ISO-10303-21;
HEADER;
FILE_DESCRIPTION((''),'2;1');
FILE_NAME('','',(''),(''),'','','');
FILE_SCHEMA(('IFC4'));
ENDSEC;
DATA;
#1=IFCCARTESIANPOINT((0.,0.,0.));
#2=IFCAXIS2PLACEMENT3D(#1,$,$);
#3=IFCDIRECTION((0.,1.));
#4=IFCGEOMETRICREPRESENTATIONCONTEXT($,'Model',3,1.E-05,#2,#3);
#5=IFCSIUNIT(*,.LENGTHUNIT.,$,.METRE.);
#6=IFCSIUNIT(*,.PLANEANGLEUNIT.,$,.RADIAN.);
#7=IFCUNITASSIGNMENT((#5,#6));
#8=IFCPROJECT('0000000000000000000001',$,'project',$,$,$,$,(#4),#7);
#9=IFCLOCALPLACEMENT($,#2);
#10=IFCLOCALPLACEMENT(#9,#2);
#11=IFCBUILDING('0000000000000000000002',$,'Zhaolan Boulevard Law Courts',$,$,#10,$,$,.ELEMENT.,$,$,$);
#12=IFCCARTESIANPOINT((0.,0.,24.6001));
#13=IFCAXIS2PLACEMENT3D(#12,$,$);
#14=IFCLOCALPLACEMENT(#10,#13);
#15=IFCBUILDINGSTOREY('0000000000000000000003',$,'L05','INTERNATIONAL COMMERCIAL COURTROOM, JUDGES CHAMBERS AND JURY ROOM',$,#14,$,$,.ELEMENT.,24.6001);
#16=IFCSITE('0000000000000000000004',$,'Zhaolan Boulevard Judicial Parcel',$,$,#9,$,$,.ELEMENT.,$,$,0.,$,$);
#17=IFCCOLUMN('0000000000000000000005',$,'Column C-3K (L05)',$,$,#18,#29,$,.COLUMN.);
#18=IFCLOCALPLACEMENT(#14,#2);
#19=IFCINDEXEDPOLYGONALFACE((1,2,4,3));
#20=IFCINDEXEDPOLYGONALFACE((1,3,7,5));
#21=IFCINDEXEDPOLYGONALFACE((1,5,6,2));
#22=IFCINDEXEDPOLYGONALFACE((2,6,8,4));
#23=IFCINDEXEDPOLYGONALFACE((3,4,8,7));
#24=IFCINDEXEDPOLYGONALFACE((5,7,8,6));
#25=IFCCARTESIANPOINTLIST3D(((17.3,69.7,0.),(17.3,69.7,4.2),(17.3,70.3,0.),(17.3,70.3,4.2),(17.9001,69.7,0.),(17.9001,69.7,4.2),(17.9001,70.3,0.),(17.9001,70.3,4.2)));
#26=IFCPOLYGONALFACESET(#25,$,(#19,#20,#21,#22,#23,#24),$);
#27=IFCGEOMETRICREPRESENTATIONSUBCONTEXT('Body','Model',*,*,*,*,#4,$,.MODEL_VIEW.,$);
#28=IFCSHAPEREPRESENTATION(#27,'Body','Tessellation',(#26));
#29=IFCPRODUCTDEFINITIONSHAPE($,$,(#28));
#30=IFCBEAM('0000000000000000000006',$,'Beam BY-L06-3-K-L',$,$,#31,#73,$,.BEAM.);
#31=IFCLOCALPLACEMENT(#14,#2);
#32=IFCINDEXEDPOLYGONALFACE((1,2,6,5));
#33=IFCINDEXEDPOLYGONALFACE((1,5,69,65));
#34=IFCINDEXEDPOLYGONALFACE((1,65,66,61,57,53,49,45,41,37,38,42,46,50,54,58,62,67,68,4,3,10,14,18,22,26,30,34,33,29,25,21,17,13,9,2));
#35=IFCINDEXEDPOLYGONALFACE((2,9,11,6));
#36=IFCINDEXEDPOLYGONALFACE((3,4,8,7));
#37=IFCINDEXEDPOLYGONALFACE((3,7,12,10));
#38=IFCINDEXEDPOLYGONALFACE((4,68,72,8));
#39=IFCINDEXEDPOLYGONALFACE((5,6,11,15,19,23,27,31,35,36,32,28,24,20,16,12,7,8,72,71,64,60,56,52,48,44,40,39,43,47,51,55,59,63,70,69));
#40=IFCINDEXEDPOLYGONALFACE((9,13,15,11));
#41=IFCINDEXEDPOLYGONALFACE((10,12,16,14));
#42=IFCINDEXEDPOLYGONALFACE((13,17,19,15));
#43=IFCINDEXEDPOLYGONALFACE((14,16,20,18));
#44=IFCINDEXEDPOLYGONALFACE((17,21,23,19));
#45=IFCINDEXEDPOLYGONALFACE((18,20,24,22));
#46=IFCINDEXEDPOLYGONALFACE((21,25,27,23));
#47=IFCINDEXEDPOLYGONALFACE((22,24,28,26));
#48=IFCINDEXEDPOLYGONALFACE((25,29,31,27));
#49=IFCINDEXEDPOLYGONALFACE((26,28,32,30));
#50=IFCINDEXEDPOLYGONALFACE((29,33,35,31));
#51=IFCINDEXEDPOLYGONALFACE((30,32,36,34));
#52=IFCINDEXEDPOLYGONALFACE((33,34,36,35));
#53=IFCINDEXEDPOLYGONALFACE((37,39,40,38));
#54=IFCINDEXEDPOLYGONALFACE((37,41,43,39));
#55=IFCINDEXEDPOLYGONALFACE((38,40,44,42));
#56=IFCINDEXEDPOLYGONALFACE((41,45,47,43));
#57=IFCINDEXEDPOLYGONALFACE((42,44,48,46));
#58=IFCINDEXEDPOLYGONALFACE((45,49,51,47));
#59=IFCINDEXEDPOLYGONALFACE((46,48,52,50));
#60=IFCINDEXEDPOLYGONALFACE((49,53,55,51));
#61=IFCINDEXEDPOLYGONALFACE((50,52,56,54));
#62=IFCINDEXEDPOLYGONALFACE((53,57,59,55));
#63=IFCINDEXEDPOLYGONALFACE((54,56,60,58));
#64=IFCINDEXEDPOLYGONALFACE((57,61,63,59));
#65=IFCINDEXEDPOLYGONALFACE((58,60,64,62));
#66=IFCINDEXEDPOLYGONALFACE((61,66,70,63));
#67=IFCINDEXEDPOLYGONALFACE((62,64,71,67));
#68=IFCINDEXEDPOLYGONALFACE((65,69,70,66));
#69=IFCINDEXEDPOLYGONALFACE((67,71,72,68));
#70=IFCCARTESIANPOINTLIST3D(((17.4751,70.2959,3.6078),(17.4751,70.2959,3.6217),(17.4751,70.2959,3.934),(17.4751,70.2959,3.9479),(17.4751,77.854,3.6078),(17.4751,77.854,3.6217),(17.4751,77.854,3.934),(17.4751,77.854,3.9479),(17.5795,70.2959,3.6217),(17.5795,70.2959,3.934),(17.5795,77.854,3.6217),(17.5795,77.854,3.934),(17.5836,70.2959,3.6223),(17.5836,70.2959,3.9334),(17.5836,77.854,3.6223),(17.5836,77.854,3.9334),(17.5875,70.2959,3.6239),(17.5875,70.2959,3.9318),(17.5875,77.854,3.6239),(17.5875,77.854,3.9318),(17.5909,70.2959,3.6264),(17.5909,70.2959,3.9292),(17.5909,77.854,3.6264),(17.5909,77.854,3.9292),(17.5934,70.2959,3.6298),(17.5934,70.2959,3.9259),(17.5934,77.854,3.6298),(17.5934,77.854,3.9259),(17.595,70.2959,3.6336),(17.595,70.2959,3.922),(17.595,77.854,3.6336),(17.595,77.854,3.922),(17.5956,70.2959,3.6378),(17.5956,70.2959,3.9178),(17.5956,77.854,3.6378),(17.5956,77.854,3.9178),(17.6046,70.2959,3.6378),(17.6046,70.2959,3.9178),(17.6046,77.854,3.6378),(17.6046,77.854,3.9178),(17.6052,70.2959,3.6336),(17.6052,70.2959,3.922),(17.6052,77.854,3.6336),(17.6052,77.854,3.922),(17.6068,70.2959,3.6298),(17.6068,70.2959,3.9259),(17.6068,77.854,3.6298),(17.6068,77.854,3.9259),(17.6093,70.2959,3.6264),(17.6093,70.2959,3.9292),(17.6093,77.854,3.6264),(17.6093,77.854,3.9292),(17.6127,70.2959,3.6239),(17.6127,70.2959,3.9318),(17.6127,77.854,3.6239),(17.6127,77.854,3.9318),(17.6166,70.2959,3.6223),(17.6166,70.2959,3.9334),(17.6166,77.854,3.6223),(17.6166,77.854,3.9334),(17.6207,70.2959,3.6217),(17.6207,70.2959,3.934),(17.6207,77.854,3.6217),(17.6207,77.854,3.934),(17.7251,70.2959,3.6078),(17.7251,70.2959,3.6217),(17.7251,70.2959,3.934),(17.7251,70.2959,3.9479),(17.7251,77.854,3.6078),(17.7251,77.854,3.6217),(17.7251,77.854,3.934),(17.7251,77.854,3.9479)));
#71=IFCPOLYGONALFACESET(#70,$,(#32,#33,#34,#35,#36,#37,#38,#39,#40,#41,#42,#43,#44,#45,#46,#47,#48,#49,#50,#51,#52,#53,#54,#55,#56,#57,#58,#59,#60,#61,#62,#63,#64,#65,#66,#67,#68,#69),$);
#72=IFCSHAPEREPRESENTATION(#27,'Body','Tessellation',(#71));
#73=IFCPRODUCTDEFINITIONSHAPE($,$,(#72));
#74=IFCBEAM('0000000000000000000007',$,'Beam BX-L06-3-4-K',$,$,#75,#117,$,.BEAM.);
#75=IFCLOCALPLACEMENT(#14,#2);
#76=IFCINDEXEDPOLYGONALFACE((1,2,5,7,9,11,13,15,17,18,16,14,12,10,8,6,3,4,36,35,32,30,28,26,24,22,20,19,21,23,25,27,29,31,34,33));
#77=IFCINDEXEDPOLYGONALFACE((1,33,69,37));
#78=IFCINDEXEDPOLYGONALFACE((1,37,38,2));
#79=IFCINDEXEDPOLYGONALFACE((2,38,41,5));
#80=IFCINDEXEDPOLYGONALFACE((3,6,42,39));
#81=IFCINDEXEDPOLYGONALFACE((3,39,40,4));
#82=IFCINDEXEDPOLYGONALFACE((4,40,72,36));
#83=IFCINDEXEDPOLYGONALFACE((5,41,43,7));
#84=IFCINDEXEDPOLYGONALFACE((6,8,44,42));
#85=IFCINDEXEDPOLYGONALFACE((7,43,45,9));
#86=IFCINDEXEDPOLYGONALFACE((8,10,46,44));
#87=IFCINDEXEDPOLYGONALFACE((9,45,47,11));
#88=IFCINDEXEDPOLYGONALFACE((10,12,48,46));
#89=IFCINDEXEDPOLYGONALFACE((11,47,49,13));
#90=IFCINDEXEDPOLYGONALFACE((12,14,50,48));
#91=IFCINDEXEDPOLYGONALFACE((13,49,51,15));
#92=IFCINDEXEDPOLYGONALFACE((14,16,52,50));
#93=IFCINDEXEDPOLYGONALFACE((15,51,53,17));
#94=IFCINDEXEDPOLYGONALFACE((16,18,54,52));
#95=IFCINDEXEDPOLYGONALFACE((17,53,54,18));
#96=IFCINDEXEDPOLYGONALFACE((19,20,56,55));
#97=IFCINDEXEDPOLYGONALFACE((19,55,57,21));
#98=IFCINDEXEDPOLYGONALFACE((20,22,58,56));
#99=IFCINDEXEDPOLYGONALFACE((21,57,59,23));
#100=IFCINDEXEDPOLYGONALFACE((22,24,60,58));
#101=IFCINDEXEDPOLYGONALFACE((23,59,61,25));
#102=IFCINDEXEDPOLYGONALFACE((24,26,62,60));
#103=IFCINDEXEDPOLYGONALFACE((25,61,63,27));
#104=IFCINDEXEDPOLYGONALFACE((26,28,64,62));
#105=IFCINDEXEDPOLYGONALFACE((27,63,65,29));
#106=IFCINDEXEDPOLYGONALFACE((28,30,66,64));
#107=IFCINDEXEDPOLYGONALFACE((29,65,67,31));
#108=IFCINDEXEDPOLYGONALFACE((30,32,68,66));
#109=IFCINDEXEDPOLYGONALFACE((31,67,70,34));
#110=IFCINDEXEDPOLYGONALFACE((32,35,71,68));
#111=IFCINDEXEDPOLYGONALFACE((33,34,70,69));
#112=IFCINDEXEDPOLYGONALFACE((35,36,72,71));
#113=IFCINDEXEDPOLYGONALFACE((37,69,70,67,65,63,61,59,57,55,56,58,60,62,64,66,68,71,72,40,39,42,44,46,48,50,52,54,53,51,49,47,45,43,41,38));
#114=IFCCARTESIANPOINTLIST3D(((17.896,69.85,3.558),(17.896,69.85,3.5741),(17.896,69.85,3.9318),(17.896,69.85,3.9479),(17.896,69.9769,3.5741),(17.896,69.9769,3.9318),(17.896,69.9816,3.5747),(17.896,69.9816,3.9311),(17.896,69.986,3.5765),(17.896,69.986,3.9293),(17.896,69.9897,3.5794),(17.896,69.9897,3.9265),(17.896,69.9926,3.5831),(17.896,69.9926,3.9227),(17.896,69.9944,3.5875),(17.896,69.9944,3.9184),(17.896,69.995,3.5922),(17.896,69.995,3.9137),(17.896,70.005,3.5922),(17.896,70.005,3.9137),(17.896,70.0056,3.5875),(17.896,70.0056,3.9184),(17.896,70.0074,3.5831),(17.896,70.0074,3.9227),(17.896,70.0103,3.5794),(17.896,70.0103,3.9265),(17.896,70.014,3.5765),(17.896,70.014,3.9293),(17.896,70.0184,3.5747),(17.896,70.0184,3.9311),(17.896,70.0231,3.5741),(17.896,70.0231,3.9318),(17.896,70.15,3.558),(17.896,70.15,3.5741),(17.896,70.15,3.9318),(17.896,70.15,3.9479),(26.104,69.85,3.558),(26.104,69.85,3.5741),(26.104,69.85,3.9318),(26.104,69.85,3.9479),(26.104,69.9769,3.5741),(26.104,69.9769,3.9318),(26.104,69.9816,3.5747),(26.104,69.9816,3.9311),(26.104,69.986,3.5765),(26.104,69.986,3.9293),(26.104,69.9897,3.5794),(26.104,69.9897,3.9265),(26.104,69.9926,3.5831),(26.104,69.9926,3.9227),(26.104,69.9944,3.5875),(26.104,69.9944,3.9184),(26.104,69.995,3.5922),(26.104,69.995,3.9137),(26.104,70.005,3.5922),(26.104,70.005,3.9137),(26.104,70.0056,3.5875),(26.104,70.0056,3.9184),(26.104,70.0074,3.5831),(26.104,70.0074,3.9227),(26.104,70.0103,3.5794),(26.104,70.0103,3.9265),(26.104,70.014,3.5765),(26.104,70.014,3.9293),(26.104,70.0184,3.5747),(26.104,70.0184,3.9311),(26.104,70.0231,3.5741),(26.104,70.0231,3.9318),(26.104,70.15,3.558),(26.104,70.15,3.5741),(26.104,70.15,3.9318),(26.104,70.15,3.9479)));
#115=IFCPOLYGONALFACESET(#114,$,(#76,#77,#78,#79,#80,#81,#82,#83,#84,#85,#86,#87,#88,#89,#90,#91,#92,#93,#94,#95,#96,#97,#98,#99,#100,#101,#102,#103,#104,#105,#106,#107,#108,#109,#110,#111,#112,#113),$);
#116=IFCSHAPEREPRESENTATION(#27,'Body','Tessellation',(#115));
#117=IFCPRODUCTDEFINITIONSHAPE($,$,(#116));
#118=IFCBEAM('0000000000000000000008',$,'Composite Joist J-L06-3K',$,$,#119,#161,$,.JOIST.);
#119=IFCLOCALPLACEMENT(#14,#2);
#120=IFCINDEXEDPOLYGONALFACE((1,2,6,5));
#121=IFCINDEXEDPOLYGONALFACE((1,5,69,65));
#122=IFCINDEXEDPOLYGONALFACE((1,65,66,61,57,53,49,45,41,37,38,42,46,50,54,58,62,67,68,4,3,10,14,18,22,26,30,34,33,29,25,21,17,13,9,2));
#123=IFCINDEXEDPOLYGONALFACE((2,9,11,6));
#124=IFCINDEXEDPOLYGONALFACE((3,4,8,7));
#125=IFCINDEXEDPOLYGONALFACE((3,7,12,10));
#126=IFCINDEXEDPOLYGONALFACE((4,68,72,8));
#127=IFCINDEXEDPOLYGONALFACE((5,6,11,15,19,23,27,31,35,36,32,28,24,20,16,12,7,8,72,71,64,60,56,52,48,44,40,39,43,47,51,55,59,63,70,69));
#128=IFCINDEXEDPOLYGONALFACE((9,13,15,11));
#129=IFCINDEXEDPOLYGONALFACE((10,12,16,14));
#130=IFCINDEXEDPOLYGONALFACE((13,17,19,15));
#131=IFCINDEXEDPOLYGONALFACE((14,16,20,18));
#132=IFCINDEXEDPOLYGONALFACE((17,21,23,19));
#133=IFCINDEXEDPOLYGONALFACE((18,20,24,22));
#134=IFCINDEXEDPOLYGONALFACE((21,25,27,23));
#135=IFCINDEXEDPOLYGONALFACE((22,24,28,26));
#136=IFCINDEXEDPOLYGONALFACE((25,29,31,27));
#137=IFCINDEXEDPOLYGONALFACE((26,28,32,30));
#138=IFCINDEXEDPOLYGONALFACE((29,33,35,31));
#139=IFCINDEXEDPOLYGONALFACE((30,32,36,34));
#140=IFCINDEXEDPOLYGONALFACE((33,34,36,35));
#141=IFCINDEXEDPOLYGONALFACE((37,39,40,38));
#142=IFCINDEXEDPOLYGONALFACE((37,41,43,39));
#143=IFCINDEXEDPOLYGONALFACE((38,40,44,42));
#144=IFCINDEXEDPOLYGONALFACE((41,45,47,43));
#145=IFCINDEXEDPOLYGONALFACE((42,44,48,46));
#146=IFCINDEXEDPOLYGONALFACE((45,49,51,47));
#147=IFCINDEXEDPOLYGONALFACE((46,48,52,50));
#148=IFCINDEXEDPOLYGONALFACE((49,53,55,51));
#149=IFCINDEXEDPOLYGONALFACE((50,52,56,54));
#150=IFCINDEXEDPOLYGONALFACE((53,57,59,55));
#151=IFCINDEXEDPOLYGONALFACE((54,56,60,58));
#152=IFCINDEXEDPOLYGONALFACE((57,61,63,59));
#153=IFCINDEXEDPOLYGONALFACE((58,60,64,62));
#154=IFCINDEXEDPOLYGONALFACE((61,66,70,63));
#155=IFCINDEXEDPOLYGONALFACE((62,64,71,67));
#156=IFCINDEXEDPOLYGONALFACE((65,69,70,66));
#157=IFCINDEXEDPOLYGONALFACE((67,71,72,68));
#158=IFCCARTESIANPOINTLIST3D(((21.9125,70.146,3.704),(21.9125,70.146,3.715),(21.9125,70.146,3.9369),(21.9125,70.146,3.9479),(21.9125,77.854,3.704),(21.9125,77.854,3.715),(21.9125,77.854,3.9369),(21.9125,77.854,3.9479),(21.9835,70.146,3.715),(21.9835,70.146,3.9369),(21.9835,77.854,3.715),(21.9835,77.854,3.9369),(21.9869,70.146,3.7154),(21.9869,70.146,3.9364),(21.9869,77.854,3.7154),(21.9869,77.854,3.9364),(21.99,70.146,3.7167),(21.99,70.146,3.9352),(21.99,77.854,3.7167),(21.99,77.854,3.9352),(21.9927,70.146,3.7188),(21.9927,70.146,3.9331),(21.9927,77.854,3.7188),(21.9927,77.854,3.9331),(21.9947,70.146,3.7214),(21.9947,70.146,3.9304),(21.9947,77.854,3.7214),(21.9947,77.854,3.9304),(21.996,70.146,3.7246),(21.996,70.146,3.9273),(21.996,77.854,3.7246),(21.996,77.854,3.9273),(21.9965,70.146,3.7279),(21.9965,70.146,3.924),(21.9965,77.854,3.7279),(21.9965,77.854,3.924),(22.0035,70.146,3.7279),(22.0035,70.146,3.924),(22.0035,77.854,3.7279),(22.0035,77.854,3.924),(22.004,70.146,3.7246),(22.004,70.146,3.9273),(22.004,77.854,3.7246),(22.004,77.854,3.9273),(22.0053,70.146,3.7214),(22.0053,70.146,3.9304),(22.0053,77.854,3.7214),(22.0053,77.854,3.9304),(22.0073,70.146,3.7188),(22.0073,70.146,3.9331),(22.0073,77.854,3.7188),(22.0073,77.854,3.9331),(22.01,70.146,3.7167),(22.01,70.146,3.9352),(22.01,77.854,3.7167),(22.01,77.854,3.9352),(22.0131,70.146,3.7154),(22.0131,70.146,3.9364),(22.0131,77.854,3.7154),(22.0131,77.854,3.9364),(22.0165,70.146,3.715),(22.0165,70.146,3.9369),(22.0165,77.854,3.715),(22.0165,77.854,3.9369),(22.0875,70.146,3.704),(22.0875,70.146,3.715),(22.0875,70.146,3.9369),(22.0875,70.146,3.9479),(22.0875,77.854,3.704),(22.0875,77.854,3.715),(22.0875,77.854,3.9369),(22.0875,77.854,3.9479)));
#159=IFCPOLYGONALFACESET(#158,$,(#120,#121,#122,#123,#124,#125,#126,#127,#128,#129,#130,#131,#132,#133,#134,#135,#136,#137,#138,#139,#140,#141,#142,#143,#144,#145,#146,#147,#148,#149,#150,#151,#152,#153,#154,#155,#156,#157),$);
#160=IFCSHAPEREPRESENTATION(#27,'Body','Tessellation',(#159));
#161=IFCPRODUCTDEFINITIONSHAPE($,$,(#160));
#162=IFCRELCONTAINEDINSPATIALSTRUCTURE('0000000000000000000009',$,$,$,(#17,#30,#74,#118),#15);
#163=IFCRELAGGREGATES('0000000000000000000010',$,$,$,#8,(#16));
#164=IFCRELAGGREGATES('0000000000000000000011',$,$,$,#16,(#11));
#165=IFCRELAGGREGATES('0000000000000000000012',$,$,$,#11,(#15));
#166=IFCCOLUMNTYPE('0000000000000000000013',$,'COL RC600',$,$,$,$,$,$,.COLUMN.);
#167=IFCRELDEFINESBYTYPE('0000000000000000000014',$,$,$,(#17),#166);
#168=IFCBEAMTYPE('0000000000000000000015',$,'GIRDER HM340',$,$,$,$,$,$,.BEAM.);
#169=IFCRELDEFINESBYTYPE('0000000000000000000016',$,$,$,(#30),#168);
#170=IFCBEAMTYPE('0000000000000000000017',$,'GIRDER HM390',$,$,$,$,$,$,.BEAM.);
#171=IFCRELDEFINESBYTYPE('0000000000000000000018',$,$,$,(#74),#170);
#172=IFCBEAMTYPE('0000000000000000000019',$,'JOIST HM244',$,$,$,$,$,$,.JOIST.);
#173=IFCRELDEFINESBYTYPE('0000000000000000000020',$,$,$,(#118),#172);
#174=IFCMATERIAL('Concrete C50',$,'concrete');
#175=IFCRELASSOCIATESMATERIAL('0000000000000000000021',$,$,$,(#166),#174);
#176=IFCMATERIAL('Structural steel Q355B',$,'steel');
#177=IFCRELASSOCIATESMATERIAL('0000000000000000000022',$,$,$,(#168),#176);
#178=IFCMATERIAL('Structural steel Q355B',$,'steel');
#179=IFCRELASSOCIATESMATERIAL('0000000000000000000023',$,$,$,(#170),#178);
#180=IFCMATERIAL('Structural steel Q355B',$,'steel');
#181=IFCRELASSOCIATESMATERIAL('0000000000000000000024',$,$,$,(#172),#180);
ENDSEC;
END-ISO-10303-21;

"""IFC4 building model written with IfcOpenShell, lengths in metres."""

from ifc_helpers import new_model, si_unit, direction, frame, origin, origin_2d, place, context, subcontext, project, spatial, rectangle, i_section, extrude, material, material_profile, profile_set, type_object, element, save


model = new_model("IFC4")

# Units and contexts
model_context = context("Model", 3, precision=1e-05, world=origin(), true_north=direction((0.0, 1.0)))
body_context = subcontext(model_context, "Body", "Model", "MODEL_VIEW")
ifc_project = project(units=[si_unit("LENGTHUNIT", "METRE"), si_unit("PLANEANGLEUNIT", "RADIAN")], contexts=[model_context])

# Site, building, storey
site_placement = place(None, origin())
site = spatial("IfcSite", under=ifc_project, at=site_placement, Name="Zhaolan Boulevard Judicial Parcel", CompositionType="ELEMENT", RefElevation=0.0)
building_placement = place(site_placement, origin())
building = spatial("IfcBuilding", under=site, at=building_placement, Name="Zhaolan Boulevard Law Courts", CompositionType="ELEMENT")
storey_placement = place(building_placement, frame((0.0, 0.0, 24.6001)))
storey = spatial("IfcBuildingStorey", under=building, at=storey_placement, Name="L05", Description="INTERNATIONAL COMMERCIAL COURTROOM, JUDGES CHAMBERS AND JURY ROOM", CompositionType="ELEMENT", Elevation=24.6001)

# Column
ifc_material_1 = material(Name="Concrete C50", Category="concrete")
ifc_material_profile_1 = material_profile(ifc_material_1, rectangle(XDim=0.6001, YDim=0.6001, at=origin_2d()), Name="RC600x600")
ifc_profile_set_1 = profile_set([ifc_material_profile_1], Name="Concrete C50")
column_type = type_object("IfcColumnType", Name="COL RC600", PredefinedType="COLUMN", material=ifc_profile_set_1)
column_placement = place(storey_placement, frame((17.6001, 70.0, 0.0), z_axis=(0.0, 0.0, 1.0), x_axis=(1.0, 0.0, 0.0)))
element("IfcColumn", 1, at=column_placement, inside=storey, type_object=column_type, Name="Column C-3K (L05)", PredefinedType="COLUMN", context=body_context, shape_type="SweptSolid", body=[
    extrude(rectangle(XDim=0.6001, YDim=0.6001, at=origin_2d()), origin(), (0.0, 0.0, 1.0), 4.2),
])

# Beams
ifc_material_2 = material(Name="Structural steel Q355B", Category="steel")
ifc_material_profile_2 = material_profile(ifc_material_2, i_section(OverallWidth=0.25, OverallDepth=0.3401, WebThickness=0.009, FlangeThickness=0.0139, FilletRadius=0.0161, at=origin_2d()), Name="HM340x250")
ifc_profile_set_2 = profile_set([ifc_material_profile_2], Name="Structural steel Q355B")
beam_type_1 = type_object("IfcBeamType", Name="GIRDER HM340", PredefinedType="BEAM", material=ifc_profile_set_2)
beam_1_placement = place(storey_placement, frame((17.6001, 70.2959, 3.7778), z_axis=(0.0, 1.0, 0.0), x_axis=(-1.0, 0.0, 0.0)))
element("IfcBeam", 2, at=beam_1_placement, inside=storey, type_object=beam_type_1, Name="Beam BY-L06-3-K-L", PredefinedType="BEAM", context=body_context, shape_type="SweptSolid", body=[
    extrude(i_section(OverallWidth=0.25, OverallDepth=0.3401, WebThickness=0.009, FlangeThickness=0.0139, FilletRadius=0.0161, at=origin_2d()), origin(), (0.0, 0.0, 1.0), 7.5581),
])
ifc_material_3 = material(Name="Structural steel Q355B", Category="steel")
ifc_material_profile_3 = material_profile(ifc_material_3, i_section(OverallWidth=0.3, OverallDepth=0.3899, WebThickness=0.01, FlangeThickness=0.0161, FilletRadius=0.0181, at=origin_2d()), Name="HM390x300")
ifc_profile_set_3 = profile_set([ifc_material_profile_3], Name="Structural steel Q355B")
beam_type_2 = type_object("IfcBeamType", Name="GIRDER HM390", PredefinedType="BEAM", material=ifc_profile_set_3)
beam_2_placement = place(storey_placement, frame((17.896, 70.0, 3.7529), z_axis=(1.0, 0.0, 0.0), x_axis=(0.0, 1.0, 0.0)))
element("IfcBeam", 3, at=beam_2_placement, inside=storey, type_object=beam_type_2, Name="Beam BX-L06-3-4-K", PredefinedType="BEAM", context=body_context, shape_type="SweptSolid", body=[
    extrude(i_section(OverallWidth=0.3, OverallDepth=0.3899, WebThickness=0.01, FlangeThickness=0.0161, FilletRadius=0.0181, at=origin_2d()), origin(), (0.0, 0.0, 1.0), 8.208),
])
ifc_material_4 = material(Name="Structural steel Q355B", Category="steel")
ifc_material_profile_4 = material_profile(ifc_material_4, i_section(OverallWidth=0.175, OverallDepth=0.2439, WebThickness=0.0071, FlangeThickness=0.011, FilletRadius=0.0129, at=origin_2d()), Name="HM244x175")
ifc_profile_set_4 = profile_set([ifc_material_profile_4], Name="Structural steel Q355B")
beam_type_3 = type_object("IfcBeamType", Name="JOIST HM244", PredefinedType="JOIST", material=ifc_profile_set_4)
beam_3_placement = place(storey_placement, frame((22.0, 70.146, 3.8259), z_axis=(0.0, 1.0, 0.0), x_axis=(-1.0, 0.0, 0.0)))
element("IfcBeam", 4, at=beam_3_placement, inside=storey, type_object=beam_type_3, Name="Composite Joist J-L06-3K", PredefinedType="JOIST", context=body_context, shape_type="SweptSolid", body=[
    extrude(i_section(OverallWidth=0.175, OverallDepth=0.2439, WebThickness=0.0071, FlangeThickness=0.011, FilletRadius=0.0129, at=origin_2d()), origin(), (0.0, 0.0, 1.0), 7.708),
])

save(model, "model.ifc")
